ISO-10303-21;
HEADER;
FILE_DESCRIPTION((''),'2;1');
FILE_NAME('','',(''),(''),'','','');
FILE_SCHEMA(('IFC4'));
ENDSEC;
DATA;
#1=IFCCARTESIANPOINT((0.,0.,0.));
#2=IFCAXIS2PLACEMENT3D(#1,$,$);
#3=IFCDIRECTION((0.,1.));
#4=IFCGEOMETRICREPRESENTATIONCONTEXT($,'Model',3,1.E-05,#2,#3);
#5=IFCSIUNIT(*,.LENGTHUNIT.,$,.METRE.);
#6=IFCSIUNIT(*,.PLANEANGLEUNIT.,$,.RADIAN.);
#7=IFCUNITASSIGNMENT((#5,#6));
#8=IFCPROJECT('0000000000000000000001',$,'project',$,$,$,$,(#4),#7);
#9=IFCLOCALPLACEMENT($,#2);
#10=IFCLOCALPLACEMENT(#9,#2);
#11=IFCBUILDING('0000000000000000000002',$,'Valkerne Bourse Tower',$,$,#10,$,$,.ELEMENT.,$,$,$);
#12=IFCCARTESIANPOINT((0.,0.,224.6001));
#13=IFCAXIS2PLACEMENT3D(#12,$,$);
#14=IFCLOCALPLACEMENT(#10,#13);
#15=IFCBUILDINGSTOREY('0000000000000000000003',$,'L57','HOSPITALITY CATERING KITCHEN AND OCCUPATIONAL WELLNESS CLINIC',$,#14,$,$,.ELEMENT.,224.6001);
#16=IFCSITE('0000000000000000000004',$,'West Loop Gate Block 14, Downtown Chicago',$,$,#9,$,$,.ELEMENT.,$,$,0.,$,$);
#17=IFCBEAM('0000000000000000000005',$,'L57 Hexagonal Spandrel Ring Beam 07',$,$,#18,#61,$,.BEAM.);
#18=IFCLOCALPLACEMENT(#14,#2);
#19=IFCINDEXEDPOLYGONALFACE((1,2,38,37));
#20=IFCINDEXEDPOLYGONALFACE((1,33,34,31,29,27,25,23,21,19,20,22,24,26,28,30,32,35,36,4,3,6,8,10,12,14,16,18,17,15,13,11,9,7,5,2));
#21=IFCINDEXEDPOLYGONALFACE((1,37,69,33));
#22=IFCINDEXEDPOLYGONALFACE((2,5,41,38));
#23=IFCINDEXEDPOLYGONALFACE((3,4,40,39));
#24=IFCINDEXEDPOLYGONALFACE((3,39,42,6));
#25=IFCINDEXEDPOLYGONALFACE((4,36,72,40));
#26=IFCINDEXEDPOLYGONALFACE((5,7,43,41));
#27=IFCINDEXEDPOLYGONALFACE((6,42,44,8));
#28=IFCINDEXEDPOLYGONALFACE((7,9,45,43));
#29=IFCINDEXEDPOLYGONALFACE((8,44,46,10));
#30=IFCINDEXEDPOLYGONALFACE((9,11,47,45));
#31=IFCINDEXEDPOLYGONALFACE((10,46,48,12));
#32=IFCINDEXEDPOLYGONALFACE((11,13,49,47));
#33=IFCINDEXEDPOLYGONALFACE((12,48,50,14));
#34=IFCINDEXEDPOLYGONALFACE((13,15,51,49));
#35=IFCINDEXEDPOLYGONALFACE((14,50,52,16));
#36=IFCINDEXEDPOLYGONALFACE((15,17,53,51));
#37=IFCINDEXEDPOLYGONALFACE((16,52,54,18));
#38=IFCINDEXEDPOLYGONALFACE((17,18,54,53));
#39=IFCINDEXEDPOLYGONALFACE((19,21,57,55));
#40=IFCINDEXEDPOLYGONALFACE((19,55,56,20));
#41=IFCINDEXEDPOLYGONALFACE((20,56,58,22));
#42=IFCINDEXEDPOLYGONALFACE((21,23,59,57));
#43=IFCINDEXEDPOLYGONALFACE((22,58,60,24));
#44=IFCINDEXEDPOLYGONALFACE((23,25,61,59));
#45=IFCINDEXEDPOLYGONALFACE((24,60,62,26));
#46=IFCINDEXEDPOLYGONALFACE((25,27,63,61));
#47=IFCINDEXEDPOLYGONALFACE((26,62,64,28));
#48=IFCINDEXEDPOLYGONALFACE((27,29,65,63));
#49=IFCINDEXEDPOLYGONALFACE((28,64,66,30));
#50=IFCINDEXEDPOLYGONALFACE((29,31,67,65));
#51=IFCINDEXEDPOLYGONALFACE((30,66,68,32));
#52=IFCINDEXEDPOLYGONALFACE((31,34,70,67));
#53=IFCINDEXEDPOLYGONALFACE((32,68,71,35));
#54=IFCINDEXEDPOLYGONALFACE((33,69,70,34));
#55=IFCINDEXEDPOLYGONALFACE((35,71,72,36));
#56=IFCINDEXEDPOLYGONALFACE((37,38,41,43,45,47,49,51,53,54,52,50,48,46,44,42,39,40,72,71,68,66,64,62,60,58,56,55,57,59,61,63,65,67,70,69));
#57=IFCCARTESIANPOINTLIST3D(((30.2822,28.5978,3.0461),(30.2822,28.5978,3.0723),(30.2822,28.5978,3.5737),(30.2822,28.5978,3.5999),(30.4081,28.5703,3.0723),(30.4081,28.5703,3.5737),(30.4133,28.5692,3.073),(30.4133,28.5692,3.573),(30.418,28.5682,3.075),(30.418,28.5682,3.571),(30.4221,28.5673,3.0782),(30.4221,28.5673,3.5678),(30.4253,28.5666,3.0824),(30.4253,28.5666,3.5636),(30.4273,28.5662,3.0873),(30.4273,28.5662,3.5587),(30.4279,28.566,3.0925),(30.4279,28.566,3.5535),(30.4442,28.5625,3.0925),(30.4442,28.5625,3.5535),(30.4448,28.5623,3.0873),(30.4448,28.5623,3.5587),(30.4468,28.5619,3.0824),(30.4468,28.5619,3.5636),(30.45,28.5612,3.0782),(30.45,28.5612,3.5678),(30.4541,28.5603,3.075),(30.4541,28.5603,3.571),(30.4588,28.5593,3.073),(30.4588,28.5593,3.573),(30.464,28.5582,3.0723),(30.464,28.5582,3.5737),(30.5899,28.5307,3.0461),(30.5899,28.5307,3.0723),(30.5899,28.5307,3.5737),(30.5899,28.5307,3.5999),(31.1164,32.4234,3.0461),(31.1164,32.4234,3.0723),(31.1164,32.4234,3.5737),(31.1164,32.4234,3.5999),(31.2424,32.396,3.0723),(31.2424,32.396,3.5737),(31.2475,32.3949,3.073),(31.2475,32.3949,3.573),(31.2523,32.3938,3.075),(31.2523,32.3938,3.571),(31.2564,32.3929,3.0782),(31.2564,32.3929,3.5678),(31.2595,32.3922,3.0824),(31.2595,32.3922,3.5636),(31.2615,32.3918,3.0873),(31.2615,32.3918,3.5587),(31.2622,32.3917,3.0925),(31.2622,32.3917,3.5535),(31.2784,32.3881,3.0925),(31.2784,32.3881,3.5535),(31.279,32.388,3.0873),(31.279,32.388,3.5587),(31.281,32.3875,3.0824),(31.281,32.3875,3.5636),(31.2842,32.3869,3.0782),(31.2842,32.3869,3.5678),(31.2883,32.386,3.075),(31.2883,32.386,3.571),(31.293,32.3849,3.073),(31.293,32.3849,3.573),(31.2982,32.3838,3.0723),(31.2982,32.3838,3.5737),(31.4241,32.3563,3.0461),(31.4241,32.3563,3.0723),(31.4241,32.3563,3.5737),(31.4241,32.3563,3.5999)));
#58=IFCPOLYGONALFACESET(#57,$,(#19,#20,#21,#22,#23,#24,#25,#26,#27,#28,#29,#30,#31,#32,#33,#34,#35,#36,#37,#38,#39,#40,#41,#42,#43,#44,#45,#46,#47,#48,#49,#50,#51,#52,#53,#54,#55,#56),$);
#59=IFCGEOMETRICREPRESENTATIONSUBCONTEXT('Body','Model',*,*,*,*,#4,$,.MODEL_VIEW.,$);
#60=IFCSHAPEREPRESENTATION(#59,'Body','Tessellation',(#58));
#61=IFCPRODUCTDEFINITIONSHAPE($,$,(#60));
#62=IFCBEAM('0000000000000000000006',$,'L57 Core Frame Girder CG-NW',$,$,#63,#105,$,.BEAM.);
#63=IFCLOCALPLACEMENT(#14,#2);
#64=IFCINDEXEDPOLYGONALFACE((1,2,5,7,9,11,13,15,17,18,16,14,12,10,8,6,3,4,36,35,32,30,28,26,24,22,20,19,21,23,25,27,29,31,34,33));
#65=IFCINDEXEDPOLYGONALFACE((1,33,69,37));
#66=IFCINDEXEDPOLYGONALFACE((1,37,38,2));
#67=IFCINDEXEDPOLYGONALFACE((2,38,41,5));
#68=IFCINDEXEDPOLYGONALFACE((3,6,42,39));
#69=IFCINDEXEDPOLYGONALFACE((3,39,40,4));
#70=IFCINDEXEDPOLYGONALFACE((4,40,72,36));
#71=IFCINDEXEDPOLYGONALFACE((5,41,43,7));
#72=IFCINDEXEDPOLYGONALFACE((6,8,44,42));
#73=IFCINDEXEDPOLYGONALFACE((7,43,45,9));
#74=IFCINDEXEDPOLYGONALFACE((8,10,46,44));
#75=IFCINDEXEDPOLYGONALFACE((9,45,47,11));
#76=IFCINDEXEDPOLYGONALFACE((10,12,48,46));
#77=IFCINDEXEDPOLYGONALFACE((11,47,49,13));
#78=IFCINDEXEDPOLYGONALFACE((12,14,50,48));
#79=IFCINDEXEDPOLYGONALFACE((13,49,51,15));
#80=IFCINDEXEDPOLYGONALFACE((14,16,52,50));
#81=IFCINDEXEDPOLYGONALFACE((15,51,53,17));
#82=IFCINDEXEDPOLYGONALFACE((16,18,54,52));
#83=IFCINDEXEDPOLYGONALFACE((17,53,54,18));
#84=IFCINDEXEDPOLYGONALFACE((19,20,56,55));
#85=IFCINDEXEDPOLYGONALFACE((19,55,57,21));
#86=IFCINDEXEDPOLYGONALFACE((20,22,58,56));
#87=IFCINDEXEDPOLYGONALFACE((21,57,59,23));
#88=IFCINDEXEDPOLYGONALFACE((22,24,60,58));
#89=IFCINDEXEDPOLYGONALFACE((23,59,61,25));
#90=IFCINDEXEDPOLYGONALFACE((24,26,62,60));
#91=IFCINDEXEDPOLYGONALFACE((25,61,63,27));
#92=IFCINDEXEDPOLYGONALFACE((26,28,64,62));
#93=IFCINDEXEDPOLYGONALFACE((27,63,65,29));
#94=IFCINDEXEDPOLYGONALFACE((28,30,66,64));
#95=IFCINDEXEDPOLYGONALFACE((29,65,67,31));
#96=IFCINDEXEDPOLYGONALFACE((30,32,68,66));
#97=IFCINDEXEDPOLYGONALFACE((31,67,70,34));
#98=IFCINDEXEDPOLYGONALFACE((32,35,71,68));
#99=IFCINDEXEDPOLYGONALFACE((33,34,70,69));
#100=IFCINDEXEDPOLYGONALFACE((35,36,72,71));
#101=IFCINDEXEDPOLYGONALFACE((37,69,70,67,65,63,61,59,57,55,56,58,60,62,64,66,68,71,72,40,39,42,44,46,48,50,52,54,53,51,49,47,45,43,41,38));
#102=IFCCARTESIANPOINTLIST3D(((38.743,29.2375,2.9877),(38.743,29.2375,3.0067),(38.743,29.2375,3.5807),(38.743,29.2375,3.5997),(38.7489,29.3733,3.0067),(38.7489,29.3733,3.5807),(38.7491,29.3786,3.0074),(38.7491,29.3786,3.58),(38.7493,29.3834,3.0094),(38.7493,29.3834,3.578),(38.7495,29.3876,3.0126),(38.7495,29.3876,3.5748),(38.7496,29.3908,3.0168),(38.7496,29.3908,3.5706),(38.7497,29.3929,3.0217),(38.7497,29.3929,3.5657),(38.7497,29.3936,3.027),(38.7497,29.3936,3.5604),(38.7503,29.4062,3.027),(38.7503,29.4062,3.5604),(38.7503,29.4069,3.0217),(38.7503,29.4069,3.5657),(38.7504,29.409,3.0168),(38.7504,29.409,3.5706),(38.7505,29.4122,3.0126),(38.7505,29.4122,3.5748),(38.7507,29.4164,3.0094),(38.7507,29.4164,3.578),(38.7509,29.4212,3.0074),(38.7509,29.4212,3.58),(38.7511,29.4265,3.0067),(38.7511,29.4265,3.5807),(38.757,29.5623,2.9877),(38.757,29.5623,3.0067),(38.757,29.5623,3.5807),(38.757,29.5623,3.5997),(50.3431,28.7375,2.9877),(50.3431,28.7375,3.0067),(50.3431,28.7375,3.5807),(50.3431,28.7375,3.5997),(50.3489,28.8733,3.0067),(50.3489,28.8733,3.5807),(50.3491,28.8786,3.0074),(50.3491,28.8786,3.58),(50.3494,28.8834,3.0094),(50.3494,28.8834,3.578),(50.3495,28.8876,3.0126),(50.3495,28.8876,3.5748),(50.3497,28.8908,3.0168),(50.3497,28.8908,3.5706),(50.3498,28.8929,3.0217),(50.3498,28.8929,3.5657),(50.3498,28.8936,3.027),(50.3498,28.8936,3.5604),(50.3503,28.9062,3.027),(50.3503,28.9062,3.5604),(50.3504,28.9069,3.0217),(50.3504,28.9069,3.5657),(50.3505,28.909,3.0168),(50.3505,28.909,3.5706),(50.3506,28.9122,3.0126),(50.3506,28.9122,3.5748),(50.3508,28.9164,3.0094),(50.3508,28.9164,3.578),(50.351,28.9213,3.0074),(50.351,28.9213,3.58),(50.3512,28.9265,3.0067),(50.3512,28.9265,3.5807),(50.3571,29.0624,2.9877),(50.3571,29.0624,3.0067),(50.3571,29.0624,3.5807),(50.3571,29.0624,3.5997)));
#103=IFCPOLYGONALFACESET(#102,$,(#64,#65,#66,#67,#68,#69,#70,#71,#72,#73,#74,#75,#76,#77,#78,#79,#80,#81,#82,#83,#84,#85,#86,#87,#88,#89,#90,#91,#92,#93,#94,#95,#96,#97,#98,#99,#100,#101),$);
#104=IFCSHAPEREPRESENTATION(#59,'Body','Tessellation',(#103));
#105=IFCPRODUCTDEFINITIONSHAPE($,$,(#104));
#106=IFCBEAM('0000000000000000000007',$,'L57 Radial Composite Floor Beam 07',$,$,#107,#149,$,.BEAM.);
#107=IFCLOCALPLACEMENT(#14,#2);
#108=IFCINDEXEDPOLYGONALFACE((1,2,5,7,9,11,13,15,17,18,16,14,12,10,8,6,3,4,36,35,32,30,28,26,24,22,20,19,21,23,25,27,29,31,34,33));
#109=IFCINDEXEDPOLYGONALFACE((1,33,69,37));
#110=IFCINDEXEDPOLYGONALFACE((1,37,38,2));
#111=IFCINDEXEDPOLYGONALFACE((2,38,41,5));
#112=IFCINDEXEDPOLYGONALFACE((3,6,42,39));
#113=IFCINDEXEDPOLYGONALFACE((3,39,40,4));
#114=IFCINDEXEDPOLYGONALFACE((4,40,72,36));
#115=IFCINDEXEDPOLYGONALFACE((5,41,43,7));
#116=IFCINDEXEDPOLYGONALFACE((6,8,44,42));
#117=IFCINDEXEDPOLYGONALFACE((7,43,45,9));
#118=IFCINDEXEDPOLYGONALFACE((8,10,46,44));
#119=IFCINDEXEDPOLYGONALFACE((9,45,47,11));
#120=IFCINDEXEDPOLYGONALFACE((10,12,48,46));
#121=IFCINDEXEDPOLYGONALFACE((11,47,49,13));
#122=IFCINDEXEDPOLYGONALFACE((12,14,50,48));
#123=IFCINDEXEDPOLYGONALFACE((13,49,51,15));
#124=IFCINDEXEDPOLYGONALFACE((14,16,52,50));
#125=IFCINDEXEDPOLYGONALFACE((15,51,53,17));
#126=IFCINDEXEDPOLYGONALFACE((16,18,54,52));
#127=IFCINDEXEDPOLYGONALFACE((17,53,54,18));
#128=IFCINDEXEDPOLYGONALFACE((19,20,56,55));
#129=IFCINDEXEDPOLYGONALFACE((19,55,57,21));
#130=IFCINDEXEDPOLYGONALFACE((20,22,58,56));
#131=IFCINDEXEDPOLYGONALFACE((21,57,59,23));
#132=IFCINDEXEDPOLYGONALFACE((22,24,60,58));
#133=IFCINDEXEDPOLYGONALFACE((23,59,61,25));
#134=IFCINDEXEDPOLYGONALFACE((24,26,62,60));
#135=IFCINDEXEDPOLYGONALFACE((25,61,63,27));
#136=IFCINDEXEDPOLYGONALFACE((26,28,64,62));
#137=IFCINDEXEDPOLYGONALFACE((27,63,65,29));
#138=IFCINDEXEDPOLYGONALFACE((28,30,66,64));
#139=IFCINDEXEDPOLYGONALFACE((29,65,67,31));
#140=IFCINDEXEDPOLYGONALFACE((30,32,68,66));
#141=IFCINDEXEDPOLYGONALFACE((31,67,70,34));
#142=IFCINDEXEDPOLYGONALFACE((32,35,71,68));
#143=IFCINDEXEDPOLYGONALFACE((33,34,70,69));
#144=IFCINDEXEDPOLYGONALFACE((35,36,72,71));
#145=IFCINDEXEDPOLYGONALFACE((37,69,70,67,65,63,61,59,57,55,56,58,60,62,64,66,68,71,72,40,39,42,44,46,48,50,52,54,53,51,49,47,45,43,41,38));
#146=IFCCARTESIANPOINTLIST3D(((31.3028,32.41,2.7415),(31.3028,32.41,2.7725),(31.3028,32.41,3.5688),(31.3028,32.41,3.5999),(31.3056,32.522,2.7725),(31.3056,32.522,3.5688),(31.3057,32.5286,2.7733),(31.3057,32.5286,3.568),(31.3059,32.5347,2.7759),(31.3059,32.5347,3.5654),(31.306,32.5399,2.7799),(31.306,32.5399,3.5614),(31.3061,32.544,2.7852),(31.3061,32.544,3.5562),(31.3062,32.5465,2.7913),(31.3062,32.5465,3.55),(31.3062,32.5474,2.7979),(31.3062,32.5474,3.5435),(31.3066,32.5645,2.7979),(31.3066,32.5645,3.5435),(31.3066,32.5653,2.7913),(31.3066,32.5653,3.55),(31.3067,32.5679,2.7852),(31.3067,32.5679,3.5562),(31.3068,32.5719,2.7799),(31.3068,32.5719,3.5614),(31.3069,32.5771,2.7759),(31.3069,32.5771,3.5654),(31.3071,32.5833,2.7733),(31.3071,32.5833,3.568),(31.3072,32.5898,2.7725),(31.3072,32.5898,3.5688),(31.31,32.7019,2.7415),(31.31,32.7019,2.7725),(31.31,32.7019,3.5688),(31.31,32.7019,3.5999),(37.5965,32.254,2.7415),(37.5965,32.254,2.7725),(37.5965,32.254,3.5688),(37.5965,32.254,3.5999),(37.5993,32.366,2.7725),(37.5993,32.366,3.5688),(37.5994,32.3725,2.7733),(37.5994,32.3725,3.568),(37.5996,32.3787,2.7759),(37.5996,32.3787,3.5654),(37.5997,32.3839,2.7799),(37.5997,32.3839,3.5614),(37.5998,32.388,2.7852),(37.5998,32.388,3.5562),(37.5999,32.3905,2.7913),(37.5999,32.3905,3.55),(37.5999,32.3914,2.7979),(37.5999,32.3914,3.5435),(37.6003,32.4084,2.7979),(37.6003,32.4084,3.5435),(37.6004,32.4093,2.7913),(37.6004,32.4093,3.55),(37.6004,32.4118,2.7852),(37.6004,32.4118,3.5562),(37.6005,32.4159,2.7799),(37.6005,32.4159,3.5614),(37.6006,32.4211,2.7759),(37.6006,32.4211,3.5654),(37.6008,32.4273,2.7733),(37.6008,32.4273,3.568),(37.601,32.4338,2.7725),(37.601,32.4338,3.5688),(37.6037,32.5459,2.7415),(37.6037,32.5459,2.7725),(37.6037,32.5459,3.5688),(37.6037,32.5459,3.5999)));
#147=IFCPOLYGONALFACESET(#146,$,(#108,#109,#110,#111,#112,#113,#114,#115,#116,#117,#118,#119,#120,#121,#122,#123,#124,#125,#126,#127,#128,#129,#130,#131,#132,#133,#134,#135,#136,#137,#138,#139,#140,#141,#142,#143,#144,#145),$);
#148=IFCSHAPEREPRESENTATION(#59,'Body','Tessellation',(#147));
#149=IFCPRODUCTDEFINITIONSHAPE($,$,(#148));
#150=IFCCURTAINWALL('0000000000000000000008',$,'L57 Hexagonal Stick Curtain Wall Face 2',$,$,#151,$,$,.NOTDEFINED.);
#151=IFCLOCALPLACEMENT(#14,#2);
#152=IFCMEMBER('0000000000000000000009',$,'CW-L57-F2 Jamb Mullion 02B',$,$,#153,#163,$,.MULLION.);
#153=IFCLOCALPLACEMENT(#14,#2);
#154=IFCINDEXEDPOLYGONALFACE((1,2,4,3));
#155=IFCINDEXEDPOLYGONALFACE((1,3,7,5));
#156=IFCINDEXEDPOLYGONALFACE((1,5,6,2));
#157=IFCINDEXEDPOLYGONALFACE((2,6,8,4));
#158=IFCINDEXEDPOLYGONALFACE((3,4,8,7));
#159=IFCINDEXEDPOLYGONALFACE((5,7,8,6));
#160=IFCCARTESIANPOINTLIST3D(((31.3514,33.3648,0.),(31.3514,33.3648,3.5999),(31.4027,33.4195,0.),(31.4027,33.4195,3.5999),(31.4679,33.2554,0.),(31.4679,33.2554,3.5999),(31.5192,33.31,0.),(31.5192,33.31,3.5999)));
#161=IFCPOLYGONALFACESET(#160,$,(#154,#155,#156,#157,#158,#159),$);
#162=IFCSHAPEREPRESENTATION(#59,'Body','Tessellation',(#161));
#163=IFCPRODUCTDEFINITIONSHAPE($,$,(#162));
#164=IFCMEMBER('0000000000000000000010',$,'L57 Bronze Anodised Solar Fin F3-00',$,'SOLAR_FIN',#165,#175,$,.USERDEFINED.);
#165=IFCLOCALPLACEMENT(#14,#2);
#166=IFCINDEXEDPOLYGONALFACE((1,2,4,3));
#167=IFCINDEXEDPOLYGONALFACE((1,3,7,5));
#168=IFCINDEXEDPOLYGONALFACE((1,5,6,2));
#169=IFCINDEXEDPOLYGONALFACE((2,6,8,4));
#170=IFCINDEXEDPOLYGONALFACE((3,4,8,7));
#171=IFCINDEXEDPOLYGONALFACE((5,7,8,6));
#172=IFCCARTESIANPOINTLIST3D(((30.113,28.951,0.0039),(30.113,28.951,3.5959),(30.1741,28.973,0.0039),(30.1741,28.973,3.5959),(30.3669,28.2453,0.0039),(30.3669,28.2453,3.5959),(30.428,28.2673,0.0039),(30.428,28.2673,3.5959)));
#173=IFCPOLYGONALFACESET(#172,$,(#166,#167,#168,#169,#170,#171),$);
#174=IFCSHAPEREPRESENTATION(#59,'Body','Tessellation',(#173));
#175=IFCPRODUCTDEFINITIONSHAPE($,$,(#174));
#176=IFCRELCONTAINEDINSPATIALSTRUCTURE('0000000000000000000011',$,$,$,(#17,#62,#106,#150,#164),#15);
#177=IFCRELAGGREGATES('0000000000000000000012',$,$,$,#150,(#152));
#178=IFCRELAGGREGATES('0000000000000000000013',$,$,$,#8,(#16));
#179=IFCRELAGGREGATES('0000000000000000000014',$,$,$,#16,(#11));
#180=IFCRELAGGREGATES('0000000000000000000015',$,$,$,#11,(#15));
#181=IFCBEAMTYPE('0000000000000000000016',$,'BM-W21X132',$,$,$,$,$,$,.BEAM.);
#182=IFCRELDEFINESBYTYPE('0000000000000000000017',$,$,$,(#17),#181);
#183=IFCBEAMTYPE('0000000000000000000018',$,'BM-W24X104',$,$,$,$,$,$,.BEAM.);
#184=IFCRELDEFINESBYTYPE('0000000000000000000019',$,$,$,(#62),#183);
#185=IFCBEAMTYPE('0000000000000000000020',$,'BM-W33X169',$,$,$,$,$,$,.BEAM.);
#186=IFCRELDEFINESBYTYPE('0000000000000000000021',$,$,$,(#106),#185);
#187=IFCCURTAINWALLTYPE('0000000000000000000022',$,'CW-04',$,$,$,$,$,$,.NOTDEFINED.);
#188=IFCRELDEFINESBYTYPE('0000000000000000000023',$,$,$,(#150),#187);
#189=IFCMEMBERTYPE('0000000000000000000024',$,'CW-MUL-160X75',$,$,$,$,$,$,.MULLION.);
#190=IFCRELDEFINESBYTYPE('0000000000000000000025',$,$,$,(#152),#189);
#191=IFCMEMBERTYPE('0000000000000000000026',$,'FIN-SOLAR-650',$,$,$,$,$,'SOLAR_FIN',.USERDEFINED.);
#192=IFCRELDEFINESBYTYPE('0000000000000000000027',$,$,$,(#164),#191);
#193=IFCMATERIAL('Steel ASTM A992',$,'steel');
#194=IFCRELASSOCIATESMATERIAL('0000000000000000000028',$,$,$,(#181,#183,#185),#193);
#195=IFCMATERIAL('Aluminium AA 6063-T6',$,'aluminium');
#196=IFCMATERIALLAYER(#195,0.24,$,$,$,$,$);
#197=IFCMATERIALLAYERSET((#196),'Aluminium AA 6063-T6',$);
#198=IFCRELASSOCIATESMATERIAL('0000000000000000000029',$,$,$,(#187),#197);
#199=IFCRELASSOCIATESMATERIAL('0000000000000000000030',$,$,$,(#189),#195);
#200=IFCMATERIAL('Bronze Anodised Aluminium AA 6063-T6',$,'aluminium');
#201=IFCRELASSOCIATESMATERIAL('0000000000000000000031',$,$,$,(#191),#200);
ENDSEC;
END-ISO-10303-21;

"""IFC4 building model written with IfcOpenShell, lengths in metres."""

from ifc_helpers import new_model, si_unit, direction, frame, origin, origin_2d, place, context, subcontext, project, spatial, rectangle, i_section, extrude, material, layer, layer_set, material_profile, profile_set, type_object, element, aggregate, save


model = new_model("IFC4")

# Units and contexts
model_context = context("Model", 3, precision=1e-05, world=origin(), true_north=direction((0.0, 1.0)))
body_context = subcontext(model_context, "Body", "Model", "MODEL_VIEW")
ifc_project = project(units=[si_unit("LENGTHUNIT", "METRE"), si_unit("PLANEANGLEUNIT", "RADIAN")], contexts=[model_context])

# Site, building, storey
site_placement = place(None, origin())
site = spatial("IfcSite", under=ifc_project, at=site_placement, Name="West Loop Gate Block 14, Downtown Chicago", CompositionType="ELEMENT", RefElevation=0.0)
building_placement = place(site_placement, origin())
building = spatial("IfcBuilding", under=site, at=building_placement, Name="Valkerne Bourse Tower", CompositionType="ELEMENT")
storey_placement = place(building_placement, frame((0.0, 0.0, 224.6001)))
storey = spatial("IfcBuildingStorey", under=building, at=storey_placement, Name="L57", Description="HOSPITALITY CATERING KITCHEN AND OCCUPATIONAL WELLNESS CLINIC", CompositionType="ELEMENT", Elevation=224.6001)

# Beams
ifc_material_1 = material(Name="Steel ASTM A992", Category="steel")
ifc_material_profile_1 = material_profile(ifc_material_1, i_section(OverallWidth=0.3149, OverallDepth=0.5537, WebThickness=0.0166, FlangeThickness=0.0261, FilletRadius=0.0203, at=origin_2d()), Name="W21X132")
ifc_profile_set_1 = profile_set([ifc_material_profile_1], Name="Steel ASTM A992")
beam_type_1 = type_object("IfcBeamType", Name="BM-W21X132", PredefinedType="BEAM", material=ifc_profile_set_1)
beam_1_placement = place(storey_placement, frame((31.2703, 32.3899, 3.323), z_axis=(-0.213053, -0.977041, 0.0), x_axis=(0.977041, -0.213053, 0.0)))
element("IfcBeam", 1, at=beam_1_placement, inside=storey, type_object=beam_type_1, Name="L57 Hexagonal Spandrel Ring Beam 07", PredefinedType="BEAM", context=body_context, shape_type="SweptSolid", body=[
    extrude(i_section(OverallWidth=0.3149, OverallDepth=0.5537, WebThickness=0.0166, FlangeThickness=0.0261, FilletRadius=0.0203, at=origin_2d()), origin(), (0.0, 0.0, 1.0), 3.9155),
])
ifc_material_profile_2 = material_profile(ifc_material_1, i_section(OverallWidth=0.3252, OverallDepth=0.6121, WebThickness=0.0127, FlangeThickness=0.019, FilletRadius=0.0203, at=origin_2d()), Name="W24X104")
ifc_profile_set_2 = profile_set([ifc_material_profile_2], Name="Steel ASTM A992")
beam_type_2 = type_object("IfcBeamType", Name="BM-W24X104", PredefinedType="BEAM", material=ifc_profile_set_2)
beam_2_placement = place(storey_placement, frame((38.75, 29.3999, 3.2937), z_axis=(0.999072, -0.043063, 0.0), x_axis=(0.043063, 0.999072, 0.0)))
element("IfcBeam", 2, at=beam_2_placement, inside=storey, type_object=beam_type_2, Name="L57 Core Frame Girder CG-NW", PredefinedType="BEAM", context=body_context, shape_type="SweptSolid", body=[
    extrude(i_section(OverallWidth=0.3252, OverallDepth=0.6121, WebThickness=0.0127, FlangeThickness=0.019, FilletRadius=0.0203, at=origin_2d()), origin(), (0.0, 0.0, 1.0), 11.6108),
])
ifc_material_profile_3 = material_profile(ifc_material_1, i_section(OverallWidth=0.292, OverallDepth=0.8584, WebThickness=0.0171, FlangeThickness=0.031, FilletRadius=0.0254, at=origin_2d()), Name="W33X169")
ifc_profile_set_3 = profile_set([ifc_material_profile_3], Name="Steel ASTM A992")
beam_type_3 = type_object("IfcBeamType", Name="BM-W33X169", PredefinedType="BEAM", material=ifc_profile_set_3)
beam_3_placement = place(storey_placement, frame((31.3064, 32.5559, 3.1707), z_axis=(0.999693, -0.02478, 0.0), x_axis=(0.02478, 0.999693, 0.0)))
element("IfcBeam", 3, at=beam_3_placement, inside=storey, type_object=beam_type_3, Name="L57 Radial Composite Floor Beam 07", PredefinedType="BEAM", context=body_context, shape_type="SweptSolid", body=[
    extrude(i_section(OverallWidth=0.292, OverallDepth=0.8584, WebThickness=0.0171, FlangeThickness=0.031, FilletRadius=0.0254, at=origin_2d()), origin(), (0.0, 0.0, 1.0), 6.2957),
])

# Curtain wall, member
ifc_material_2 = material(Name="Aluminium AA 6063-T6", Category="aluminium")
ifc_layer_1 = layer(ifc_material_2, 0.24)
ifc_layer_set_1 = layer_set([ifc_layer_1], Name="Aluminium AA 6063-T6")
curtain_wall_type = type_object("IfcCurtainWallType", Name="CW-04", PredefinedType="NOTDEFINED", material=ifc_layer_set_1)
curtain_wall_placement = place(storey_placement, origin())
curtain_wall = element("IfcCurtainWall", 4, at=curtain_wall_placement, inside=storey, type_object=curtain_wall_type, Name="L57 Hexagonal Stick Curtain Wall Face 2", PredefinedType="NOTDEFINED")
ifc_material_profile_4 = material_profile(ifc_material_2, rectangle(XDim=0.075, YDim=0.1599, at=origin_2d()), Name="CWM-75X160")
ifc_profile_set_4 = profile_set([ifc_material_profile_4], Name="Aluminium AA 6063-T6")
member_type_1 = type_object("IfcMemberType", Name="CW-MUL-160X75", PredefinedType="MULLION", material=ifc_profile_set_4)
member_1_placement = place(storey_placement, frame((31.4353, 33.3374, 0.0), z_axis=(0.0, 0.0, 1.0), x_axis=(-0.684547, -0.728968, 0.0)))
member_1 = element("IfcMember", 5, at=member_1_placement, type_object=member_type_1, Name="CW-L57-F2 Jamb Mullion 02B", PredefinedType="MULLION", context=body_context, shape_type="SweptSolid", body=[
    extrude(rectangle(XDim=0.075, YDim=0.1599, at=origin_2d()), origin(), (0.0, 0.0, 1.0), 3.5999),
])

# Member
ifc_material_3 = material(Name="Bronze Anodised Aluminium AA 6063-T6", Category="aluminium")
ifc_material_profile_5 = material_profile(ifc_material_3, rectangle(XDim=0.0649, YDim=0.75, at=origin_2d()), Name="FIN-65X750")
ifc_profile_set_5 = profile_set([ifc_material_profile_5], Name="Bronze Anodised Aluminium AA 6063-T6")
member_type_2 = type_object("IfcMemberType", Name="FIN-SOLAR-650", ElementType="SOLAR_FIN", PredefinedType="USERDEFINED", material=ifc_profile_set_5)
member_2_placement = place(storey_placement, frame((30.2705, 28.6091, 0.0039), z_axis=(0.0, 0.0, 1.0), x_axis=(-0.940984, -0.338451, 0.0)))
element("IfcMember", 6, at=member_2_placement, inside=storey, type_object=member_type_2, Name="L57 Bronze Anodised Solar Fin F3-00", ObjectType="SOLAR_FIN", PredefinedType="USERDEFINED", context=body_context, shape_type="SweptSolid", body=[
    extrude(rectangle(XDim=0.0649, YDim=0.75, at=origin_2d()), origin(), (0.0, 0.0, 1.0), 3.592),
])

aggregate(curtain_wall, [member_1])

save(model, "model.ifc")
